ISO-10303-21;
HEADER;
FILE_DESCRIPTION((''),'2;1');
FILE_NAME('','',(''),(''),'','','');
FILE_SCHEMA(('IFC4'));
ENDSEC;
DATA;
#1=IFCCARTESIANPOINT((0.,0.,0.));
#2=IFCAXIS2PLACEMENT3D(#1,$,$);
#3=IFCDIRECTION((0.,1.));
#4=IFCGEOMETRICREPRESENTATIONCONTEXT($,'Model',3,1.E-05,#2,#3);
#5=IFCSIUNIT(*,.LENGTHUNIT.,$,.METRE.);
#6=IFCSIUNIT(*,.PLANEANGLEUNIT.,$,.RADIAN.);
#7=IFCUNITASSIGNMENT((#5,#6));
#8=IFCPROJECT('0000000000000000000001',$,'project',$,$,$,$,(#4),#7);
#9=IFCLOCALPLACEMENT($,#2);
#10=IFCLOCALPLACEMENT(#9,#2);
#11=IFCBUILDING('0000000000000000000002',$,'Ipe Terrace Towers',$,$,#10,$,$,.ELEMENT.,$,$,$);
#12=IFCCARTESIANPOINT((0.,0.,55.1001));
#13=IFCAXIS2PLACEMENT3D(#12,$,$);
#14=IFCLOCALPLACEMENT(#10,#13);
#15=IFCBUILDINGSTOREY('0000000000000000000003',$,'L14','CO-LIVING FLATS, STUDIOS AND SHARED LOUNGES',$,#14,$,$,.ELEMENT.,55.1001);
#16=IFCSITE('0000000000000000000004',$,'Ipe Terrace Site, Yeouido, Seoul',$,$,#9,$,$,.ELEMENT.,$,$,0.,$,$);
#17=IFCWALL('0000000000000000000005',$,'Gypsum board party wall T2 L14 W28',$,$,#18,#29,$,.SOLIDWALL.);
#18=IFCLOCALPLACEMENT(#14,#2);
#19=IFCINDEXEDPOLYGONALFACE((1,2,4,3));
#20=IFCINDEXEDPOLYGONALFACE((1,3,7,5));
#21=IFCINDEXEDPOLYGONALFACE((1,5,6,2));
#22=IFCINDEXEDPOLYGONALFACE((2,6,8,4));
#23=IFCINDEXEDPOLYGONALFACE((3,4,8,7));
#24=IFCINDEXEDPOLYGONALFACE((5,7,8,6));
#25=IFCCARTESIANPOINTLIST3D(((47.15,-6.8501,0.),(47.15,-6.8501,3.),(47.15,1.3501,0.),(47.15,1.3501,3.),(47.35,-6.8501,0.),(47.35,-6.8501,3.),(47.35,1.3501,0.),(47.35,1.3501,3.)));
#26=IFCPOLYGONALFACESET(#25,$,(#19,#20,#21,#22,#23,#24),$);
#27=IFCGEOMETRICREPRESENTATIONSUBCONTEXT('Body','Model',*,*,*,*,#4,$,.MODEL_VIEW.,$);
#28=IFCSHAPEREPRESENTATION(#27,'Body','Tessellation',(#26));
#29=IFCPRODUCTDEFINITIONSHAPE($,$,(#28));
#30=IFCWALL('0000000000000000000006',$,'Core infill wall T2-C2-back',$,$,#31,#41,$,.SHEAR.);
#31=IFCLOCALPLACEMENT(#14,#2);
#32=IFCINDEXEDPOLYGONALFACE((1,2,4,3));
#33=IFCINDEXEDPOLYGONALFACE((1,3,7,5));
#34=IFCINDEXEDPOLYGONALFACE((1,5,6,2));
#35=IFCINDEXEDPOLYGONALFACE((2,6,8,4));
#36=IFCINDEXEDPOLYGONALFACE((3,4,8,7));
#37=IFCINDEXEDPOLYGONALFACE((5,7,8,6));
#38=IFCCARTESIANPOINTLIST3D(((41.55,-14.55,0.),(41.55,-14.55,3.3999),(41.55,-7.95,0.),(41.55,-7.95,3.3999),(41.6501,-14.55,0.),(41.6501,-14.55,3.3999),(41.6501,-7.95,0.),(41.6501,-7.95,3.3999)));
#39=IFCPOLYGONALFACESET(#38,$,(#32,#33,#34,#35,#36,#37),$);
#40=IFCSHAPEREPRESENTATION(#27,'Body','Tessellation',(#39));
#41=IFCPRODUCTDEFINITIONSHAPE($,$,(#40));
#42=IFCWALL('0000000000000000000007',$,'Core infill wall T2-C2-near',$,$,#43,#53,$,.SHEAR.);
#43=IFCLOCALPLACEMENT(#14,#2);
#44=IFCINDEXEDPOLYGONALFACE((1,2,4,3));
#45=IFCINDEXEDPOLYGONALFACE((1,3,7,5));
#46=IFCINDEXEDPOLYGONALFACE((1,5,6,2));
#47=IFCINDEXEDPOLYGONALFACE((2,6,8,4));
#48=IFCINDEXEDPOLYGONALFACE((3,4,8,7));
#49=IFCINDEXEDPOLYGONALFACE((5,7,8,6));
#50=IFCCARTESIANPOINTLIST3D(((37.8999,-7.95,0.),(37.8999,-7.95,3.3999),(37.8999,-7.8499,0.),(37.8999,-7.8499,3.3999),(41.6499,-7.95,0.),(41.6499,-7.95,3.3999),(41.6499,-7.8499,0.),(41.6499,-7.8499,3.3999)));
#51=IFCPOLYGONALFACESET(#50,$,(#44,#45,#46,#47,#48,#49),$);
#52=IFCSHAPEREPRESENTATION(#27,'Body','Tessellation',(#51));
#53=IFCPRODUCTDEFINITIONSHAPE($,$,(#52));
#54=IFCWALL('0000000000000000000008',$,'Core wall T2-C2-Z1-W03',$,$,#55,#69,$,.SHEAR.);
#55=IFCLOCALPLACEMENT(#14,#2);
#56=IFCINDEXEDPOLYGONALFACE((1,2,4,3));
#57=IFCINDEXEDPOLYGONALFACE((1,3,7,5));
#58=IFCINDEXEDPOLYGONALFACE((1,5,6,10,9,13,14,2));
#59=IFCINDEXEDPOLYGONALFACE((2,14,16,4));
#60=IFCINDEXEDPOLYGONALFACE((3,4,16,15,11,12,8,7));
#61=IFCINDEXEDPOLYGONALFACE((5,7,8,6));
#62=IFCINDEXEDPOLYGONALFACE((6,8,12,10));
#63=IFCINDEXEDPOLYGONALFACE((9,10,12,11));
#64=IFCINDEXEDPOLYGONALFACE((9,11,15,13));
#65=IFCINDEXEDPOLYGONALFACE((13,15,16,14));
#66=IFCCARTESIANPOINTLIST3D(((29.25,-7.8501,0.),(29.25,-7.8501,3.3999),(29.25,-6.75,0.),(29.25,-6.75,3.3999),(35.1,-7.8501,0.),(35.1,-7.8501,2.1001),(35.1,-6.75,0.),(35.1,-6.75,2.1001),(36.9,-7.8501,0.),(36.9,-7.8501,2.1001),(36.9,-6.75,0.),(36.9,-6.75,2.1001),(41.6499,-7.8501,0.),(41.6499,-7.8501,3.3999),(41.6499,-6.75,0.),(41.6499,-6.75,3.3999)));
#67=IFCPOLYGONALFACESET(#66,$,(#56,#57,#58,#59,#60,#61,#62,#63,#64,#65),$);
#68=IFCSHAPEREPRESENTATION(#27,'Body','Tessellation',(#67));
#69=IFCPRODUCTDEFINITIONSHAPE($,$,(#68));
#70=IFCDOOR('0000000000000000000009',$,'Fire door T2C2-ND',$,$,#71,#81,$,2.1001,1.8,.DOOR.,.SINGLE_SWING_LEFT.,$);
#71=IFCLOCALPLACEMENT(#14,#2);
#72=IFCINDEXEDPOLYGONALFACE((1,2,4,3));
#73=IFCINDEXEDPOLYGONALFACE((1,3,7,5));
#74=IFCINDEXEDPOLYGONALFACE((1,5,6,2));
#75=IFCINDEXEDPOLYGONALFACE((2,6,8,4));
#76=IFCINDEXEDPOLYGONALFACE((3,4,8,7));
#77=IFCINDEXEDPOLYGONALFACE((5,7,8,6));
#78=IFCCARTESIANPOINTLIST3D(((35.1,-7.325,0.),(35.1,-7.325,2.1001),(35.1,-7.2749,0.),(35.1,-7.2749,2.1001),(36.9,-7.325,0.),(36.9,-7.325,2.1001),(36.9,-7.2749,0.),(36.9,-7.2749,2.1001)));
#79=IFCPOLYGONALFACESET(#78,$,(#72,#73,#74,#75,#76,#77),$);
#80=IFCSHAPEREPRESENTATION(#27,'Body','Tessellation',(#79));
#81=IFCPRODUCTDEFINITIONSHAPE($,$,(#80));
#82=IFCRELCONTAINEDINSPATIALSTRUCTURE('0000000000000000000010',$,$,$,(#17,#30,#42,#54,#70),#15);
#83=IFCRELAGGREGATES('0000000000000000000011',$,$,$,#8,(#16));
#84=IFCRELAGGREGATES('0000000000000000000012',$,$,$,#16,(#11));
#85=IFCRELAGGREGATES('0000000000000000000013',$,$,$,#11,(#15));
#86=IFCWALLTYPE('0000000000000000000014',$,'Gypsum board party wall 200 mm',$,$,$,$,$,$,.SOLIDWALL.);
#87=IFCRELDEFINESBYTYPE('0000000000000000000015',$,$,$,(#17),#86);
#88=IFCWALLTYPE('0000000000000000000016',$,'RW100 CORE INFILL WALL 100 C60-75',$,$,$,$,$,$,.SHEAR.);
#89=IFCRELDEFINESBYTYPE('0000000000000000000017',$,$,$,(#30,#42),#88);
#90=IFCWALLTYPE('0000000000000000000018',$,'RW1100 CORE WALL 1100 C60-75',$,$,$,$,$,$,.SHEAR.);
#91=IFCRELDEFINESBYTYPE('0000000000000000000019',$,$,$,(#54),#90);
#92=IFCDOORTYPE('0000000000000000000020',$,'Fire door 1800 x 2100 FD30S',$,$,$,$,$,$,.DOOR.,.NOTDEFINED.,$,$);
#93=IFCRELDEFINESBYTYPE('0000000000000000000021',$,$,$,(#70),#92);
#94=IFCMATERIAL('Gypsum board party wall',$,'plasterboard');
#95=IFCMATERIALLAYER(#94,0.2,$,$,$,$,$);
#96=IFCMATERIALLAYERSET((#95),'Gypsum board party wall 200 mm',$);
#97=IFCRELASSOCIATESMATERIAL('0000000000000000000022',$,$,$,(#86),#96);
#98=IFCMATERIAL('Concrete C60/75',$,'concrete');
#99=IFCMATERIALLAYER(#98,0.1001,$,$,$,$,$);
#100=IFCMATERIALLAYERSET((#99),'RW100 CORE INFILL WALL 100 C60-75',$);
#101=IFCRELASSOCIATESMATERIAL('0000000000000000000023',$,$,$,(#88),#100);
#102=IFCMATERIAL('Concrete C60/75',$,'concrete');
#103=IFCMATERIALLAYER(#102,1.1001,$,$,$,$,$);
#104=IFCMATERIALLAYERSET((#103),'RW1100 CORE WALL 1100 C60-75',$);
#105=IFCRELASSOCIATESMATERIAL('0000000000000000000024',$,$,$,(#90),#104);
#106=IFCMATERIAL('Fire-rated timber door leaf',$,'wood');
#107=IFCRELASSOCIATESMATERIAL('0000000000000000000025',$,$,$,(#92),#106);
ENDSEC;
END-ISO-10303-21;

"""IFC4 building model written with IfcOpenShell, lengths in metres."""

from ifc_helpers import new_model, si_unit, direction, frame, frame_2d, origin, place, context, subcontext, project, spatial, rectangle, extrude, material, layer, layer_set, type_object, element, fill, save


model = new_model("IFC4")

# Units and contexts
model_context = context("Model", 3, precision=1e-05, world=origin(), true_north=direction((0.0, 1.0)))
body_context = subcontext(model_context, "Body", "Model", "MODEL_VIEW")
ifc_project = project(units=[si_unit("LENGTHUNIT", "METRE"), si_unit("PLANEANGLEUNIT", "RADIAN")], contexts=[model_context])

# Site, building, storey
site_placement = place(None, origin())
site = spatial("IfcSite", under=ifc_project, at=site_placement, Name="Ipe Terrace Site, Yeouido, Seoul", CompositionType="ELEMENT", RefElevation=0.0)
building_placement = place(site_placement, origin())
building = spatial("IfcBuilding", under=site, at=building_placement, Name="Ipe Terrace Towers", CompositionType="ELEMENT")
storey_placement = place(building_placement, frame((0.0, 0.0, 55.1001)))
storey = spatial("IfcBuildingStorey", under=building, at=storey_placement, Name="L14", Description="CO-LIVING FLATS, STUDIOS AND SHARED LOUNGES", CompositionType="ELEMENT", Elevation=55.1001)

# Walls
ifc_material_1 = material(Name="Gypsum board party wall", Category="plasterboard")
ifc_layer_1 = layer(ifc_material_1, 0.2)
ifc_layer_set_1 = layer_set([ifc_layer_1], Name="Gypsum board party wall 200 mm")
wall_type_1 = type_object("IfcWallType", Name="Gypsum board party wall 200 mm", PredefinedType="SOLIDWALL", material=ifc_layer_set_1)
wall_1_placement = place(storey_placement, frame((47.25, -6.8501, 0.0), z_axis=(0.0, 0.0, 1.0), x_axis=(0.0, 1.0, 0.0)))
element("IfcWall", 1, at=wall_1_placement, inside=storey, type_object=wall_type_1, Name="Gypsum board party wall T2 L14 W28", PredefinedType="SOLIDWALL", context=body_context, shape_type="SweptSolid", body=[
    extrude(rectangle(XDim=8.2002, YDim=0.2, at=frame_2d((4.1001, 0.0))), origin(), (0.0, 0.0, 1.0), 3.0),
])
ifc_material_2 = material(Name="Concrete C60/75", Category="concrete")
ifc_layer_2 = layer(ifc_material_2, 0.1001)
ifc_layer_set_2 = layer_set([ifc_layer_2], Name="RW100 CORE INFILL WALL 100 C60-75")
wall_type_2 = type_object("IfcWallType", Name="RW100 CORE INFILL WALL 100 C60-75", PredefinedType="SHEAR", material=ifc_layer_set_2)
wall_2_placement = place(storey_placement, frame((41.6001, -7.95, 0.0), z_axis=(0.0, 0.0, 1.0), x_axis=(0.0, -1.0, 0.0)))
element("IfcWall", 2, at=wall_2_placement, inside=storey, type_object=wall_type_2, Name="Core infill wall T2-C2-back", PredefinedType="SHEAR", context=body_context, shape_type="SweptSolid", body=[
    extrude(rectangle(XDim=6.6001, YDim=0.1001, at=frame_2d((3.3, 0.0))), origin(), (0.0, 0.0, 1.0), 3.3999),
])
wall_3_placement = place(storey_placement, frame((37.8999, -7.8999, 0.0), z_axis=(0.0, 0.0, 1.0), x_axis=(1.0, 0.0, 0.0)))
element("IfcWall", 3, at=wall_3_placement, inside=storey, type_object=wall_type_2, Name="Core infill wall T2-C2-near", PredefinedType="SHEAR", context=body_context, shape_type="SweptSolid", body=[
    extrude(rectangle(XDim=3.75, YDim=0.1001, at=frame_2d((1.875, 0.0))), origin(), (0.0, 0.0, 1.0), 3.3999),
])

# Wall, opening, door
ifc_material_3 = material(Name="Concrete C60/75", Category="concrete")
ifc_layer_3 = layer(ifc_material_3, 1.1001)
ifc_layer_set_3 = layer_set([ifc_layer_3], Name="RW1100 CORE WALL 1100 C60-75")
wall_type_3 = type_object("IfcWallType", Name="RW1100 CORE WALL 1100 C60-75", PredefinedType="SHEAR", material=ifc_layer_set_3)
wall_4_placement = place(storey_placement, frame((41.6499, -7.3, 0.0), z_axis=(0.0, 0.0, 1.0), x_axis=(-1.0, 0.0, 0.0)))
wall_4 = element("IfcWall", 4, at=wall_4_placement, inside=storey, type_object=wall_type_3, Name="Core wall T2-C2-Z1-W03", PredefinedType="SHEAR", context=body_context, shape_type="SweptSolid", body=[
    extrude(rectangle(XDim=12.3999, YDim=1.1001, at=frame_2d((6.2, 0.0))), origin(), (0.0, 0.0, 1.0), 3.3999),
])
opening_1_placement = place(wall_4_placement, frame((4.75, 0.0, 0.0)))
opening_1 = element("IfcOpeningElement", 5, at=opening_1_placement, cuts=wall_4, PredefinedType="OPENING", context=body_context, shape_type="SweptSolid", body=[
    extrude(rectangle(XDim=1.8, YDim=2.1001, at=frame_2d((0.8999, 1.05))), frame((0.0, 0.5601, 0.0), z_axis=(0.0, -1.0, 0.0), x_axis=(1.0, 0.0, 0.0)), (0.0, 0.0, 1.0), 1.1201),
])
ifc_material_4 = material(Name="Fire-rated timber door leaf", Category="wood")
door_type_1 = type_object("IfcDoorType", Name="Fire door 1800 x 2100 FD30S", OperationType="NOTDEFINED", PredefinedType="DOOR", material=ifc_material_4)
door_1_placement = place(opening_1_placement, origin())
door_1 = element("IfcDoor", 6, at=door_1_placement, inside=storey, type_object=door_type_1, Name="Fire door T2C2-ND", OperationType="SINGLE_SWING_LEFT", OverallHeight=2.1001, OverallWidth=1.8, PredefinedType="DOOR", context=body_context, shape_type="SweptSolid", body=[
    extrude(rectangle(XDim=1.8, YDim=2.1001, at=frame_2d((0.8999, 1.05))), frame((0.0, 0.0249, 0.0), z_axis=(0.0, -1.0, 0.0), x_axis=(1.0, 0.0, 0.0)), (0.0, 0.0, 1.0), 0.05),
])
fill(opening_1, door_1)

save(model, "model.ifc")
